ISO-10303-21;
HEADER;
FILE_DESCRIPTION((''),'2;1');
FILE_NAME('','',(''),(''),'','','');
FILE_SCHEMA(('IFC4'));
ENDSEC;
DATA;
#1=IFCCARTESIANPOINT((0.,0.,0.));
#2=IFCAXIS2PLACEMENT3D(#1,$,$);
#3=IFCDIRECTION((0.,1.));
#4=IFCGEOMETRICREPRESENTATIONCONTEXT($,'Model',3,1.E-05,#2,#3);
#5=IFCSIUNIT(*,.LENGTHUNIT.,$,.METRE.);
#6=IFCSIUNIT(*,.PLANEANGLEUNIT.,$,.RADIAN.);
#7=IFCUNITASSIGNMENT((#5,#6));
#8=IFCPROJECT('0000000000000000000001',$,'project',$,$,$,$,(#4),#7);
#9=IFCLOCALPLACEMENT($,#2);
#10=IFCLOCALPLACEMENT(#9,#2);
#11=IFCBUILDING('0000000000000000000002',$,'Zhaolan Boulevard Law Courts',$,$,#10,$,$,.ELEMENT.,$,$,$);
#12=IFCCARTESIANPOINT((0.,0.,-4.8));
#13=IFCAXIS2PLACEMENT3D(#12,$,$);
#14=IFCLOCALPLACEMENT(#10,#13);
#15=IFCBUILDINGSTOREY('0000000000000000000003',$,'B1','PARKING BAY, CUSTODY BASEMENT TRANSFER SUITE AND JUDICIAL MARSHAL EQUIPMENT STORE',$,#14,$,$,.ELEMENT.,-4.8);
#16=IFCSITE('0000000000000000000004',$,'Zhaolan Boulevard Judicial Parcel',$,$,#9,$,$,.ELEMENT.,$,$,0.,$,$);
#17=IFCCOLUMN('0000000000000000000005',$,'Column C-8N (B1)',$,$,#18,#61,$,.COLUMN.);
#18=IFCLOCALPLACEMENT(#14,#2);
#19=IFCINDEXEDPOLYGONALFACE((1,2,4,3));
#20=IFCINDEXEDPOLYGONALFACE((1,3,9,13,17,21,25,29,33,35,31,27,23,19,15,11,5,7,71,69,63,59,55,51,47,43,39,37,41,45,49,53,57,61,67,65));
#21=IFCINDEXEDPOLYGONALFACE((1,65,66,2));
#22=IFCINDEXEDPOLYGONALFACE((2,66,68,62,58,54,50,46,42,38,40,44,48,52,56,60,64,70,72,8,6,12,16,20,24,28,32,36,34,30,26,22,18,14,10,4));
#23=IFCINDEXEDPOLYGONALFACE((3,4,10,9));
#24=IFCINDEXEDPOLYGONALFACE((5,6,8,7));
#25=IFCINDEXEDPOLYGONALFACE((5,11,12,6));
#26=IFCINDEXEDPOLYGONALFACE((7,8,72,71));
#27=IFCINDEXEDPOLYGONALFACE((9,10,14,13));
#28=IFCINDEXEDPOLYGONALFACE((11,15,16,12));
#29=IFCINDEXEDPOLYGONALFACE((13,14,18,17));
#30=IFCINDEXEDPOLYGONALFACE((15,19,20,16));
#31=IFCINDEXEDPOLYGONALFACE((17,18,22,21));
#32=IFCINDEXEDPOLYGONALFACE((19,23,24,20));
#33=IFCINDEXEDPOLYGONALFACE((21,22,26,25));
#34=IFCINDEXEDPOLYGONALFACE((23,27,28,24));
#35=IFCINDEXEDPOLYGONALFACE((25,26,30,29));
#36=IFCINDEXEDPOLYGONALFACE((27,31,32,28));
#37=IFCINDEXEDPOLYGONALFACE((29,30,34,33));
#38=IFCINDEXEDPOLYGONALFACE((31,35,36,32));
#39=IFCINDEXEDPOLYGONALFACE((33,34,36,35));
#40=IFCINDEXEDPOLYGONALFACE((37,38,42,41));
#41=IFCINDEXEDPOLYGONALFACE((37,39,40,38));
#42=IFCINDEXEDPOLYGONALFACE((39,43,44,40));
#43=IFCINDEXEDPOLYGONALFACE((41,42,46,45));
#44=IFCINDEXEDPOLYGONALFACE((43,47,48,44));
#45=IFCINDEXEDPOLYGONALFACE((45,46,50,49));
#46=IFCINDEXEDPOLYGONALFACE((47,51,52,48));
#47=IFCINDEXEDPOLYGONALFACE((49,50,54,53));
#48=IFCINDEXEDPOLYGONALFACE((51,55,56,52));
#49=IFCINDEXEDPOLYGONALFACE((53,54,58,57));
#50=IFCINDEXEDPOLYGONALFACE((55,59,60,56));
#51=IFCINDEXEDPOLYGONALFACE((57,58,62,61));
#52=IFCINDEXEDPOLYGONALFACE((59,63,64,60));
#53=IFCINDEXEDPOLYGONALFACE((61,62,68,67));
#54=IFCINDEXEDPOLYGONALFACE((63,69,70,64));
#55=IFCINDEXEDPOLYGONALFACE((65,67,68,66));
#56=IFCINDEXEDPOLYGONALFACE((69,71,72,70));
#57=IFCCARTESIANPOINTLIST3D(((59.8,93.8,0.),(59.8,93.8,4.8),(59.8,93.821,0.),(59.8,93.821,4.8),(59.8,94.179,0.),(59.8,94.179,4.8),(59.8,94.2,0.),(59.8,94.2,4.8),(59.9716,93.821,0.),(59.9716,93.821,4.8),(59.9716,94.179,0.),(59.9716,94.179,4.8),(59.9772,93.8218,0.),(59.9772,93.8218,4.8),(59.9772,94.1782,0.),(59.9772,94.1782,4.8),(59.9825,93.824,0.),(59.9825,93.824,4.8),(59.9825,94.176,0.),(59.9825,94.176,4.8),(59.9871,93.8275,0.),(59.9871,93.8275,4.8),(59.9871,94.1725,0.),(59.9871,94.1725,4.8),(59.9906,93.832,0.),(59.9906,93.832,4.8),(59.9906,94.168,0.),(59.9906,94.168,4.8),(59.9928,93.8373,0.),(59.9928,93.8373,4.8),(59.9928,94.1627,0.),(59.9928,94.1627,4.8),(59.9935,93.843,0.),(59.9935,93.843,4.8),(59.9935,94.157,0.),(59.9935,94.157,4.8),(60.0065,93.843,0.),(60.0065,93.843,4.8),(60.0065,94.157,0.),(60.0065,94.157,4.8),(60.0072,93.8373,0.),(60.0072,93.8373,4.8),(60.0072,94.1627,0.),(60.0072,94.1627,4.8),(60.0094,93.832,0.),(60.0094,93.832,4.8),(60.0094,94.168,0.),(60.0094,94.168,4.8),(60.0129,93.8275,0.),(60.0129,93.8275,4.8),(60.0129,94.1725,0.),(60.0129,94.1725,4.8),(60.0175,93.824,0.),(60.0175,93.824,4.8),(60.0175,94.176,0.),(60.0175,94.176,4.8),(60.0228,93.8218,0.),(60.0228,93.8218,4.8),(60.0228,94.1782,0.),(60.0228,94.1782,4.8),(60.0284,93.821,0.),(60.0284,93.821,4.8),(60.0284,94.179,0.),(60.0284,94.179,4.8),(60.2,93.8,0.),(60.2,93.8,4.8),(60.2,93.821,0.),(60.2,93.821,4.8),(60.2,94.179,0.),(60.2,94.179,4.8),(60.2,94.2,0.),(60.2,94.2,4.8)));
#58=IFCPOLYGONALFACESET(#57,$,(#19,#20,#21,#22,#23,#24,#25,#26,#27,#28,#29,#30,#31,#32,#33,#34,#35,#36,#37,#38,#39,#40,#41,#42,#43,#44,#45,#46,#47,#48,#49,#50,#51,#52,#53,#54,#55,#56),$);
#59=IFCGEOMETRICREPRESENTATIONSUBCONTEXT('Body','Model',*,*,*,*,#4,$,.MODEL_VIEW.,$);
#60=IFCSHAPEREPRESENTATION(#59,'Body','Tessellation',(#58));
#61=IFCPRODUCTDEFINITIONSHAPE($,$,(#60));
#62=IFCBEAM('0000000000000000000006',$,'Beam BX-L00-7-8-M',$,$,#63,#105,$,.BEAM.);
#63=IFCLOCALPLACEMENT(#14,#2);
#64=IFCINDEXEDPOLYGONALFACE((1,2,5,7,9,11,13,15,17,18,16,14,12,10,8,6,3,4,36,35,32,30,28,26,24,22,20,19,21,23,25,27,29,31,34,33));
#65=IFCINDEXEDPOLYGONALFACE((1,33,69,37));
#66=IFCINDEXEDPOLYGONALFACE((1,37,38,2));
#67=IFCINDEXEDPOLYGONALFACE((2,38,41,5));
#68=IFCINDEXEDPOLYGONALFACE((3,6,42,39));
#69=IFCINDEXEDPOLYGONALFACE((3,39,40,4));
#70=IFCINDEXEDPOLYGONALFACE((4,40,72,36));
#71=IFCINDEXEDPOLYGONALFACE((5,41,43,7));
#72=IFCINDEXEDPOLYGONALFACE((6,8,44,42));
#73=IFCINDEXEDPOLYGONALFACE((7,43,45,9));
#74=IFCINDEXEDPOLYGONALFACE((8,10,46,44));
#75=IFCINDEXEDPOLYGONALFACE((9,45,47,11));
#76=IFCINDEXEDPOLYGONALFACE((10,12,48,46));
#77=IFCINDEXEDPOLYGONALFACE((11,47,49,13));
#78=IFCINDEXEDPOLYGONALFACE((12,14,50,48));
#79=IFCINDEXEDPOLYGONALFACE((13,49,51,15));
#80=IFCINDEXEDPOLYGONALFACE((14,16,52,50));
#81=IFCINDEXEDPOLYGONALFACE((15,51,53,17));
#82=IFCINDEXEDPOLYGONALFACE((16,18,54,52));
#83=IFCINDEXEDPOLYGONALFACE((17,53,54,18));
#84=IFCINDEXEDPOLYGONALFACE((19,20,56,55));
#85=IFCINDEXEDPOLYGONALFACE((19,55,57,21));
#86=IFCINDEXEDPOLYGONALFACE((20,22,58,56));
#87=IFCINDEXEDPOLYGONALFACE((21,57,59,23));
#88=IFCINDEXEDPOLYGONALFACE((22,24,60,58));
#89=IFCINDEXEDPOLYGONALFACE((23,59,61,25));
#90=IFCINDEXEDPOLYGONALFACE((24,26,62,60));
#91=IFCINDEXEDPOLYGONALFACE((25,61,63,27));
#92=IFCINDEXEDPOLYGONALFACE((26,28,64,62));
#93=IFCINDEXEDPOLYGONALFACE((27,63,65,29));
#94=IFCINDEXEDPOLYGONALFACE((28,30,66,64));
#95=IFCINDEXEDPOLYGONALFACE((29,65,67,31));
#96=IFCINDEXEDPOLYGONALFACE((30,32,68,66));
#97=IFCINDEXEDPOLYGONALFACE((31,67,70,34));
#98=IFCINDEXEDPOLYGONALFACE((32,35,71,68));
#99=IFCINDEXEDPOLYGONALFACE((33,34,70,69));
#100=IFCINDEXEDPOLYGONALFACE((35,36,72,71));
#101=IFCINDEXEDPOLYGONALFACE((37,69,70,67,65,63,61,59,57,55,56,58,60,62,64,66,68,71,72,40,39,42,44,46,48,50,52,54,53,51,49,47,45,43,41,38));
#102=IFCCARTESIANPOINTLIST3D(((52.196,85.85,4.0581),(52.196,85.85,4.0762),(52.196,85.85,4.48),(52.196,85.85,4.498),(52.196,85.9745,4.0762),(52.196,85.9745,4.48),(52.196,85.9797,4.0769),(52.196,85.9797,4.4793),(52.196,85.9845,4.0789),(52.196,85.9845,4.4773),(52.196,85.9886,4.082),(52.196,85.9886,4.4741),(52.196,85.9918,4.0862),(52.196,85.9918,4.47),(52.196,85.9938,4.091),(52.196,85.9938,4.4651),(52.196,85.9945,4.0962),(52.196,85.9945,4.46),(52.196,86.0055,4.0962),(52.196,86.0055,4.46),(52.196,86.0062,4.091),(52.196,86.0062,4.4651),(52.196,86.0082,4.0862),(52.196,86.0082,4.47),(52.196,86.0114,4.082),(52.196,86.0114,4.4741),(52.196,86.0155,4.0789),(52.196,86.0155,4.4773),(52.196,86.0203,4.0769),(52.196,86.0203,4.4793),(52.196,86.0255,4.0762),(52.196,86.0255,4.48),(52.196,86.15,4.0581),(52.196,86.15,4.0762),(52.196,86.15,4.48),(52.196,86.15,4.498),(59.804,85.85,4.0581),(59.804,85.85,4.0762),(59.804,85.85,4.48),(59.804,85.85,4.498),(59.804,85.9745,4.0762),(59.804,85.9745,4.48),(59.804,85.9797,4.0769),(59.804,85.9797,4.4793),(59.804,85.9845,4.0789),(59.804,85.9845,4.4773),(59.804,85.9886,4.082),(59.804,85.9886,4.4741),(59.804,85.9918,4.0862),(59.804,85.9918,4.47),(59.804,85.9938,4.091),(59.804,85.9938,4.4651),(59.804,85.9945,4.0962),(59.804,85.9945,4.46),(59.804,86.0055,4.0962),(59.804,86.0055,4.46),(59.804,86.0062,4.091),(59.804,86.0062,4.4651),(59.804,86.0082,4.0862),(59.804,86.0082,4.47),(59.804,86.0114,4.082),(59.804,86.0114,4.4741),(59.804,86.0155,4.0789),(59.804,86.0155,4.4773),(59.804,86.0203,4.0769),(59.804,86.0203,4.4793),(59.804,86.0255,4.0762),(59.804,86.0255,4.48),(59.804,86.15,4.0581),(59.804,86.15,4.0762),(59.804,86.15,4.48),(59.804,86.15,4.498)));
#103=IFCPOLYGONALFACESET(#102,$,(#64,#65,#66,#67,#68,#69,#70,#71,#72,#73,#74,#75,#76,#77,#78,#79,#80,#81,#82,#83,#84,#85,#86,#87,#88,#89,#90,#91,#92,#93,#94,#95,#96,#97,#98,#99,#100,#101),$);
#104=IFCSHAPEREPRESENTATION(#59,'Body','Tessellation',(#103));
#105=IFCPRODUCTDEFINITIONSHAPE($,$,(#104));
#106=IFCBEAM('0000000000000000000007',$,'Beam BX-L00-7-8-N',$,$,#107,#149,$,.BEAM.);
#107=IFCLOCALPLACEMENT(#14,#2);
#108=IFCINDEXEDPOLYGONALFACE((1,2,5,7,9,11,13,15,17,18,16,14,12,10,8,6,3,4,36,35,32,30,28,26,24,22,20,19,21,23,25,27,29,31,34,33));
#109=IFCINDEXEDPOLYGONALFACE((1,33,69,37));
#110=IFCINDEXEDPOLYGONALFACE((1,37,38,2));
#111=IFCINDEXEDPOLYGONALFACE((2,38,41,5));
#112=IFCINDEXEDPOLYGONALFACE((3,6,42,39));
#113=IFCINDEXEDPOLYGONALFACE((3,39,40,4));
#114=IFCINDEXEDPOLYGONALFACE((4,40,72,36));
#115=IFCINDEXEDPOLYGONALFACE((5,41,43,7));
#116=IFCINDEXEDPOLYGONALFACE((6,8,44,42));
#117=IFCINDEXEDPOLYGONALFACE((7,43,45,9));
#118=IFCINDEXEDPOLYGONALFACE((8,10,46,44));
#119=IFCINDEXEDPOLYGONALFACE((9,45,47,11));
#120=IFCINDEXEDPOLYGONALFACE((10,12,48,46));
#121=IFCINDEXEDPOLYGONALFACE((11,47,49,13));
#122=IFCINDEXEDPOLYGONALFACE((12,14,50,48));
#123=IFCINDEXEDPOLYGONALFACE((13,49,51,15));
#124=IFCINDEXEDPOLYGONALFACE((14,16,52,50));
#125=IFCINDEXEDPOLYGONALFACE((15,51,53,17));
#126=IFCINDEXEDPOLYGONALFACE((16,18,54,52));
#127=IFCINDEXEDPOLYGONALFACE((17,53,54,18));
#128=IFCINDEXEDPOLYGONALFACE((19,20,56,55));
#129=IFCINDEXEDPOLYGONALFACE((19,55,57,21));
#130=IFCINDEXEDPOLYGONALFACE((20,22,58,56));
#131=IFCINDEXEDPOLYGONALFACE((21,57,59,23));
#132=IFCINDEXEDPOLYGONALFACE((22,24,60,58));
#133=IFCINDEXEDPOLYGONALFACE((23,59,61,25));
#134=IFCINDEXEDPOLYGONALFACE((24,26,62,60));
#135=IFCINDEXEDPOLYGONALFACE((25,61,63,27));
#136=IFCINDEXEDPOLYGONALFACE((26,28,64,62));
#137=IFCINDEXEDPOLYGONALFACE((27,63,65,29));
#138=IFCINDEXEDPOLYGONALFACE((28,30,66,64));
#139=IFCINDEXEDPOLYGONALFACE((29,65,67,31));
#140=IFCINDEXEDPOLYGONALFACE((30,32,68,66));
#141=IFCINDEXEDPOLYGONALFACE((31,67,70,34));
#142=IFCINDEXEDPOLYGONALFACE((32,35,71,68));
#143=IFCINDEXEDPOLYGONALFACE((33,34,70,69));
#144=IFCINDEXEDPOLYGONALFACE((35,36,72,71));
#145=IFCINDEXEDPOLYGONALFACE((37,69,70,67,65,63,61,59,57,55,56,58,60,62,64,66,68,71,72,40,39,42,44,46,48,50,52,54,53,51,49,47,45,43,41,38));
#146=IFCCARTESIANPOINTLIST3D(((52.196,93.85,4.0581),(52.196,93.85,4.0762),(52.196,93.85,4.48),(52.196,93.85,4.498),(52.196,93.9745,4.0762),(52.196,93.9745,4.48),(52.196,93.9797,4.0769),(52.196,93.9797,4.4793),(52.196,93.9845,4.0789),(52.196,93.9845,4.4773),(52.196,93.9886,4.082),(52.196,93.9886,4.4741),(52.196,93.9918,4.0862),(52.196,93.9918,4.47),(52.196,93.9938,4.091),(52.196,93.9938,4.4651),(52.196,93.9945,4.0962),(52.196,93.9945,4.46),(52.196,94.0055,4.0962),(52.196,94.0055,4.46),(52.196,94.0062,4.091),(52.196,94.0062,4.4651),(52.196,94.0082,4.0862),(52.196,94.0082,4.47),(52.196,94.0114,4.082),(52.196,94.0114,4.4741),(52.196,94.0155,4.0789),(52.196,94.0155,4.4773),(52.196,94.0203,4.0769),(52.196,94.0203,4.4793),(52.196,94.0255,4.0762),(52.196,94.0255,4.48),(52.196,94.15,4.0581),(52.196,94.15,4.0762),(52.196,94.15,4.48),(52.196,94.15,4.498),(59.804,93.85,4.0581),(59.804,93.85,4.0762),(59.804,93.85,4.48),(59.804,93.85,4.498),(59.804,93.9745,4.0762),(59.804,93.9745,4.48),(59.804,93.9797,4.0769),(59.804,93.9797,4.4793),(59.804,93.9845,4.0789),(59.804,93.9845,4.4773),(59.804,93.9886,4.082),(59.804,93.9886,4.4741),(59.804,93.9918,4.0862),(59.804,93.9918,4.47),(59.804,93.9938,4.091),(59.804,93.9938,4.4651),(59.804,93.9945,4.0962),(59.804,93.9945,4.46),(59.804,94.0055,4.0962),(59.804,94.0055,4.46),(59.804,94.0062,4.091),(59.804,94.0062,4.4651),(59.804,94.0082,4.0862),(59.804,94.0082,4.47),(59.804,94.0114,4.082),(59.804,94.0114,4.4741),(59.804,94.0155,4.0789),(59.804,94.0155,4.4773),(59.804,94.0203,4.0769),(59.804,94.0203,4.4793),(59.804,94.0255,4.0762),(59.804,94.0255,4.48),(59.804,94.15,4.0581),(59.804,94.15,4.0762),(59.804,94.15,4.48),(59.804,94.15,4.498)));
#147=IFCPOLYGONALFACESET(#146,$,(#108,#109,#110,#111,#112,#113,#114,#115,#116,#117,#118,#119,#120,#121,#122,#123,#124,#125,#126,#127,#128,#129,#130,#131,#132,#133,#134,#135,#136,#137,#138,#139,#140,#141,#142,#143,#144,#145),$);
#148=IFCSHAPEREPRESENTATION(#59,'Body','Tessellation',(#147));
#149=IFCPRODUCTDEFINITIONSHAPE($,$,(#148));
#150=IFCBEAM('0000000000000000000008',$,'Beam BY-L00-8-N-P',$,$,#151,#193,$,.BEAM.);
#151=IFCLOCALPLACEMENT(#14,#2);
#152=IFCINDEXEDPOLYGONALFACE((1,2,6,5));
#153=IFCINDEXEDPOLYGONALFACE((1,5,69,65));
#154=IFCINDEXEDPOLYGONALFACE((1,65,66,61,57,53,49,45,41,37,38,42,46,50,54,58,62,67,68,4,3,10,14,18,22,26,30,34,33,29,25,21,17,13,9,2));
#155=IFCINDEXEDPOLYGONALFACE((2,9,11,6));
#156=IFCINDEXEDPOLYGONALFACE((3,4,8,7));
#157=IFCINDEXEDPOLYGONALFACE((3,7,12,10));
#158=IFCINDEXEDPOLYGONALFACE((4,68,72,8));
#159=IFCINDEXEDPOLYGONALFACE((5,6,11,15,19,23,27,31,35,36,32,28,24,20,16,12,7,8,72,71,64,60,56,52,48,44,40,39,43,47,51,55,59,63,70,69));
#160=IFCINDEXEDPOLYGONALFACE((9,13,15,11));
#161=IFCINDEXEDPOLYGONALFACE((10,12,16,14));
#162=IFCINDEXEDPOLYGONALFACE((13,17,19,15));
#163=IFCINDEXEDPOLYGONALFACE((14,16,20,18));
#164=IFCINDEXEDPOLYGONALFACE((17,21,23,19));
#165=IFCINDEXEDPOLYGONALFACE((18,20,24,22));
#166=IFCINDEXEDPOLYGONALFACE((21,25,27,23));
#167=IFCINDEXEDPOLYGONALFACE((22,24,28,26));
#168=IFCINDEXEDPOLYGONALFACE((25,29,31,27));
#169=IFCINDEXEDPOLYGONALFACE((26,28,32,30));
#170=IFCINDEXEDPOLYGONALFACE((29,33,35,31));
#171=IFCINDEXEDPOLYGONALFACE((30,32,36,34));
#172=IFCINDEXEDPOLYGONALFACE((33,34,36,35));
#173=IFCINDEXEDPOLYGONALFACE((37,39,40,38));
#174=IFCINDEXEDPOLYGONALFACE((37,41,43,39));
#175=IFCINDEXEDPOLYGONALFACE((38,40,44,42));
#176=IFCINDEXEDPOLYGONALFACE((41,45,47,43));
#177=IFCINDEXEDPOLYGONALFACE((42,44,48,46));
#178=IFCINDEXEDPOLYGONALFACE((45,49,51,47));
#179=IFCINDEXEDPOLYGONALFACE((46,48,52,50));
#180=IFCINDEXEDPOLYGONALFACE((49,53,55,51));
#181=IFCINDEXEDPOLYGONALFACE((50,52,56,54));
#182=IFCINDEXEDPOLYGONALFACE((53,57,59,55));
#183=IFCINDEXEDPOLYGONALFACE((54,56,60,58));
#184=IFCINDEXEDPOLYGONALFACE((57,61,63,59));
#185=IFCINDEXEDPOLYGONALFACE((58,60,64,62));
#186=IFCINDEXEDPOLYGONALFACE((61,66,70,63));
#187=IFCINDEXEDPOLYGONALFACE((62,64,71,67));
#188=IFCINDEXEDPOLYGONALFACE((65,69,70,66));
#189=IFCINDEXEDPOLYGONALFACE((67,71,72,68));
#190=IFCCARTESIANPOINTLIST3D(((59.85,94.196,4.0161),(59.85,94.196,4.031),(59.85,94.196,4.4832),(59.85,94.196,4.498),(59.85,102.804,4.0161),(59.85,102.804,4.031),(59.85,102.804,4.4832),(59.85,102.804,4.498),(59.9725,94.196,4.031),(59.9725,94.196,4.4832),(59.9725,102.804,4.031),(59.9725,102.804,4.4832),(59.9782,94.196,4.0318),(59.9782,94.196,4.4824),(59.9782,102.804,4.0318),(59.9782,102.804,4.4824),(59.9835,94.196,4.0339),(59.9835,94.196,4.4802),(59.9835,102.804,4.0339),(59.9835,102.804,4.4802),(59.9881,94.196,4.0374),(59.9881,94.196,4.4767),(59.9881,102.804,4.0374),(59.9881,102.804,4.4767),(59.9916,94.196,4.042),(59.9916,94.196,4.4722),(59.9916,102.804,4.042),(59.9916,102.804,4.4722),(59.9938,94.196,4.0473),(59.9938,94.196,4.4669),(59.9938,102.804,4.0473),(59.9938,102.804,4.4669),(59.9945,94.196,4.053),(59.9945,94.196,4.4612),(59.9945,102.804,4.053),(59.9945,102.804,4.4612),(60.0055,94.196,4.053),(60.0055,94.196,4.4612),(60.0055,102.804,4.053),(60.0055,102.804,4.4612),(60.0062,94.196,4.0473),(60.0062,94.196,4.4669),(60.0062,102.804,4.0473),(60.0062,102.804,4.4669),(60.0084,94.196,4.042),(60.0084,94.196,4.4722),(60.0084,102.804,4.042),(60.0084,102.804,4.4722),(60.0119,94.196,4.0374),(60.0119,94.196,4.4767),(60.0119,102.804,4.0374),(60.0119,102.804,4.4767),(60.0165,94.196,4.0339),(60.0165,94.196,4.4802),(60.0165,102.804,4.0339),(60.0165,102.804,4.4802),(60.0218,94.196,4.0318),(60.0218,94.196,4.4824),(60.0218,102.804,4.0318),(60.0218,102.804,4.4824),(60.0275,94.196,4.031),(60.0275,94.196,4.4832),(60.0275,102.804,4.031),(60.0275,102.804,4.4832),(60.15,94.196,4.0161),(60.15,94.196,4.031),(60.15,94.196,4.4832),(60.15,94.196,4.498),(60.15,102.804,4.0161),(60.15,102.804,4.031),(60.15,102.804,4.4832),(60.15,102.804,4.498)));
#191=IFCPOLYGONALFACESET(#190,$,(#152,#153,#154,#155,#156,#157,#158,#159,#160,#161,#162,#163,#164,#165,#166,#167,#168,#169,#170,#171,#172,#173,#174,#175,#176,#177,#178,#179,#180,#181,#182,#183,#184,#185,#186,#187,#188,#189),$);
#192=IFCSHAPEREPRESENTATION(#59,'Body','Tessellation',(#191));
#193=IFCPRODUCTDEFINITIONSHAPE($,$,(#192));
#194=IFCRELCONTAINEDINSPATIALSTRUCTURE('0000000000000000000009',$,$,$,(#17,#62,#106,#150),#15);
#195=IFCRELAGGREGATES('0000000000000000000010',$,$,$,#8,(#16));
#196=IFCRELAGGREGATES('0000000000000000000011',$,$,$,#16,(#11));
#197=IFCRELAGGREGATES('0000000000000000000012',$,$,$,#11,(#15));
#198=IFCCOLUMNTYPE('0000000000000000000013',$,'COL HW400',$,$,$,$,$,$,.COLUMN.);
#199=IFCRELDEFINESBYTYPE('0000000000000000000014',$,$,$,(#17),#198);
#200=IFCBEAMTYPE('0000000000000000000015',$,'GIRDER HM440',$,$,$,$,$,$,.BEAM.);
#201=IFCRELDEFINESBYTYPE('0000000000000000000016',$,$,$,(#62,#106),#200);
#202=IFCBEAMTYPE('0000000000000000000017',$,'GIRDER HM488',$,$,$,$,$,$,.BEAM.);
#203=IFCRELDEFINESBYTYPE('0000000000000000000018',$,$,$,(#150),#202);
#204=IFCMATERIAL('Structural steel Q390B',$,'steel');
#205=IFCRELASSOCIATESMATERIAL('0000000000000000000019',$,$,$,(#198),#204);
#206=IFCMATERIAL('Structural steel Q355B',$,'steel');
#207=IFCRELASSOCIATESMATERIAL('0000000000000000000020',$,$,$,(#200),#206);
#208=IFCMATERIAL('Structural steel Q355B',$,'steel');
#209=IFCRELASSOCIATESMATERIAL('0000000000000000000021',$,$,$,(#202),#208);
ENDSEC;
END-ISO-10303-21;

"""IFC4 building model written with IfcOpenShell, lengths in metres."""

from ifc_helpers import new_model, si_unit, direction, frame, origin, origin_2d, place, context, subcontext, project, spatial, i_section, extrude, material, material_profile, profile_set, type_object, element, save


model = new_model("IFC4")

# Units and contexts
model_context = context("Model", 3, precision=1e-05, world=origin(), true_north=direction((0.0, 1.0)))
body_context = subcontext(model_context, "Body", "Model", "MODEL_VIEW")
ifc_project = project(units=[si_unit("LENGTHUNIT", "METRE"), si_unit("PLANEANGLEUNIT", "RADIAN")], contexts=[model_context])

# Site, building, storey
site_placement = place(None, origin())
site = spatial("IfcSite", under=ifc_project, at=site_placement, Name="Zhaolan Boulevard Judicial Parcel", CompositionType="ELEMENT", RefElevation=0.0)
building_placement = place(site_placement, origin())
building = spatial("IfcBuilding", under=site, at=building_placement, Name="Zhaolan Boulevard Law Courts", CompositionType="ELEMENT")
storey_placement = place(building_placement, frame((0.0, 0.0, -4.8)))
storey = spatial("IfcBuildingStorey", under=building, at=storey_placement, Name="B1", Description="PARKING BAY, CUSTODY BASEMENT TRANSFER SUITE AND JUDICIAL MARSHAL EQUIPMENT STORE", CompositionType="ELEMENT", Elevation=-4.8)

# Column
ifc_material_1 = material(Name="Structural steel Q390B", Category="steel")
ifc_material_profile_1 = material_profile(ifc_material_1, i_section(OverallWidth=0.3999, OverallDepth=0.3999, WebThickness=0.0129, FlangeThickness=0.021, FilletRadius=0.022, at=origin_2d()), Name="HW400x400")
ifc_profile_set_1 = profile_set([ifc_material_profile_1], Name="Structural steel Q390B")
column_type = type_object("IfcColumnType", Name="COL HW400", PredefinedType="COLUMN", material=ifc_profile_set_1)
for number, where, z_axis, x_axis, name in (
    (1, (60.0, 94.0, 0.0), (0.0, 0.0, 1.0), (1.0, 0.0, 0.0), "Column C-8N (B1)"),
):
    element("IfcColumn", number, at=place(storey_placement, frame(where, z_axis=z_axis, x_axis=x_axis)), inside=storey, type_object=column_type, Name=name, PredefinedType="COLUMN", context=body_context, shape_type="SweptSolid", body=[
        extrude(i_section(OverallWidth=0.3999, OverallDepth=0.3999, WebThickness=0.0129, FlangeThickness=0.021, FilletRadius=0.022, at=origin_2d()), origin(), (0.0, 0.0, 1.0), 4.8),
    ])

# Beams
ifc_material_2 = material(Name="Structural steel Q355B", Category="steel")
ifc_material_profile_2 = material_profile(ifc_material_2, i_section(OverallWidth=0.3, OverallDepth=0.4399, WebThickness=0.011, FlangeThickness=0.0181, FilletRadius=0.02, at=origin_2d()), Name="HM440x300")
ifc_profile_set_2 = profile_set([ifc_material_profile_2], Name="Structural steel Q355B")
beam_type_1 = type_object("IfcBeamType", Name="GIRDER HM440", PredefinedType="BEAM", material=ifc_profile_set_2)
for number, where, z_axis, x_axis, name in (
    (2, (52.196, 86.0, 4.2781), (1.0, 0.0, 0.0), (0.0, 1.0, 0.0), "Beam BX-L00-7-8-M"),
    (3, (52.196, 94.0, 4.2781), (1.0, 0.0, 0.0), (0.0, 1.0, 0.0), "Beam BX-L00-7-8-N"),
):
    element("IfcBeam", number, at=place(storey_placement, frame(where, z_axis=z_axis, x_axis=x_axis)), inside=storey, type_object=beam_type_1, Name=name, PredefinedType="BEAM", context=body_context, shape_type="SweptSolid", body=[
        extrude(i_section(OverallWidth=0.3, OverallDepth=0.4399, WebThickness=0.011, FlangeThickness=0.0181, FilletRadius=0.02, at=origin_2d()), origin(), (0.0, 0.0, 1.0), 7.6079),
    ])
ifc_material_3 = material(Name="Structural steel Q355B", Category="steel")
ifc_material_profile_3 = material_profile(ifc_material_3, i_section(OverallWidth=0.3, OverallDepth=0.4819, WebThickness=0.011, FlangeThickness=0.0149, FilletRadius=0.022, at=origin_2d()), Name="HM482x300")
ifc_profile_set_3 = profile_set([ifc_material_profile_3], Name="Structural steel Q355B")
beam_type_2 = type_object("IfcBeamType", Name="GIRDER HM488", PredefinedType="BEAM", material=ifc_profile_set_3)
beam_1_placement = place(storey_placement, frame((60.0, 94.196, 4.2571), z_axis=(0.0, 1.0, 0.0), x_axis=(-1.0, 0.0, 0.0)))
element("IfcBeam", 4, at=beam_1_placement, inside=storey, type_object=beam_type_2, Name="Beam BY-L00-8-N-P", PredefinedType="BEAM", context=body_context, shape_type="SweptSolid", body=[
    extrude(i_section(OverallWidth=0.3, OverallDepth=0.4819, WebThickness=0.011, FlangeThickness=0.0149, FilletRadius=0.022, at=origin_2d()), origin(), (0.0, 0.0, 1.0), 8.6079),
])

save(model, "model.ifc")
